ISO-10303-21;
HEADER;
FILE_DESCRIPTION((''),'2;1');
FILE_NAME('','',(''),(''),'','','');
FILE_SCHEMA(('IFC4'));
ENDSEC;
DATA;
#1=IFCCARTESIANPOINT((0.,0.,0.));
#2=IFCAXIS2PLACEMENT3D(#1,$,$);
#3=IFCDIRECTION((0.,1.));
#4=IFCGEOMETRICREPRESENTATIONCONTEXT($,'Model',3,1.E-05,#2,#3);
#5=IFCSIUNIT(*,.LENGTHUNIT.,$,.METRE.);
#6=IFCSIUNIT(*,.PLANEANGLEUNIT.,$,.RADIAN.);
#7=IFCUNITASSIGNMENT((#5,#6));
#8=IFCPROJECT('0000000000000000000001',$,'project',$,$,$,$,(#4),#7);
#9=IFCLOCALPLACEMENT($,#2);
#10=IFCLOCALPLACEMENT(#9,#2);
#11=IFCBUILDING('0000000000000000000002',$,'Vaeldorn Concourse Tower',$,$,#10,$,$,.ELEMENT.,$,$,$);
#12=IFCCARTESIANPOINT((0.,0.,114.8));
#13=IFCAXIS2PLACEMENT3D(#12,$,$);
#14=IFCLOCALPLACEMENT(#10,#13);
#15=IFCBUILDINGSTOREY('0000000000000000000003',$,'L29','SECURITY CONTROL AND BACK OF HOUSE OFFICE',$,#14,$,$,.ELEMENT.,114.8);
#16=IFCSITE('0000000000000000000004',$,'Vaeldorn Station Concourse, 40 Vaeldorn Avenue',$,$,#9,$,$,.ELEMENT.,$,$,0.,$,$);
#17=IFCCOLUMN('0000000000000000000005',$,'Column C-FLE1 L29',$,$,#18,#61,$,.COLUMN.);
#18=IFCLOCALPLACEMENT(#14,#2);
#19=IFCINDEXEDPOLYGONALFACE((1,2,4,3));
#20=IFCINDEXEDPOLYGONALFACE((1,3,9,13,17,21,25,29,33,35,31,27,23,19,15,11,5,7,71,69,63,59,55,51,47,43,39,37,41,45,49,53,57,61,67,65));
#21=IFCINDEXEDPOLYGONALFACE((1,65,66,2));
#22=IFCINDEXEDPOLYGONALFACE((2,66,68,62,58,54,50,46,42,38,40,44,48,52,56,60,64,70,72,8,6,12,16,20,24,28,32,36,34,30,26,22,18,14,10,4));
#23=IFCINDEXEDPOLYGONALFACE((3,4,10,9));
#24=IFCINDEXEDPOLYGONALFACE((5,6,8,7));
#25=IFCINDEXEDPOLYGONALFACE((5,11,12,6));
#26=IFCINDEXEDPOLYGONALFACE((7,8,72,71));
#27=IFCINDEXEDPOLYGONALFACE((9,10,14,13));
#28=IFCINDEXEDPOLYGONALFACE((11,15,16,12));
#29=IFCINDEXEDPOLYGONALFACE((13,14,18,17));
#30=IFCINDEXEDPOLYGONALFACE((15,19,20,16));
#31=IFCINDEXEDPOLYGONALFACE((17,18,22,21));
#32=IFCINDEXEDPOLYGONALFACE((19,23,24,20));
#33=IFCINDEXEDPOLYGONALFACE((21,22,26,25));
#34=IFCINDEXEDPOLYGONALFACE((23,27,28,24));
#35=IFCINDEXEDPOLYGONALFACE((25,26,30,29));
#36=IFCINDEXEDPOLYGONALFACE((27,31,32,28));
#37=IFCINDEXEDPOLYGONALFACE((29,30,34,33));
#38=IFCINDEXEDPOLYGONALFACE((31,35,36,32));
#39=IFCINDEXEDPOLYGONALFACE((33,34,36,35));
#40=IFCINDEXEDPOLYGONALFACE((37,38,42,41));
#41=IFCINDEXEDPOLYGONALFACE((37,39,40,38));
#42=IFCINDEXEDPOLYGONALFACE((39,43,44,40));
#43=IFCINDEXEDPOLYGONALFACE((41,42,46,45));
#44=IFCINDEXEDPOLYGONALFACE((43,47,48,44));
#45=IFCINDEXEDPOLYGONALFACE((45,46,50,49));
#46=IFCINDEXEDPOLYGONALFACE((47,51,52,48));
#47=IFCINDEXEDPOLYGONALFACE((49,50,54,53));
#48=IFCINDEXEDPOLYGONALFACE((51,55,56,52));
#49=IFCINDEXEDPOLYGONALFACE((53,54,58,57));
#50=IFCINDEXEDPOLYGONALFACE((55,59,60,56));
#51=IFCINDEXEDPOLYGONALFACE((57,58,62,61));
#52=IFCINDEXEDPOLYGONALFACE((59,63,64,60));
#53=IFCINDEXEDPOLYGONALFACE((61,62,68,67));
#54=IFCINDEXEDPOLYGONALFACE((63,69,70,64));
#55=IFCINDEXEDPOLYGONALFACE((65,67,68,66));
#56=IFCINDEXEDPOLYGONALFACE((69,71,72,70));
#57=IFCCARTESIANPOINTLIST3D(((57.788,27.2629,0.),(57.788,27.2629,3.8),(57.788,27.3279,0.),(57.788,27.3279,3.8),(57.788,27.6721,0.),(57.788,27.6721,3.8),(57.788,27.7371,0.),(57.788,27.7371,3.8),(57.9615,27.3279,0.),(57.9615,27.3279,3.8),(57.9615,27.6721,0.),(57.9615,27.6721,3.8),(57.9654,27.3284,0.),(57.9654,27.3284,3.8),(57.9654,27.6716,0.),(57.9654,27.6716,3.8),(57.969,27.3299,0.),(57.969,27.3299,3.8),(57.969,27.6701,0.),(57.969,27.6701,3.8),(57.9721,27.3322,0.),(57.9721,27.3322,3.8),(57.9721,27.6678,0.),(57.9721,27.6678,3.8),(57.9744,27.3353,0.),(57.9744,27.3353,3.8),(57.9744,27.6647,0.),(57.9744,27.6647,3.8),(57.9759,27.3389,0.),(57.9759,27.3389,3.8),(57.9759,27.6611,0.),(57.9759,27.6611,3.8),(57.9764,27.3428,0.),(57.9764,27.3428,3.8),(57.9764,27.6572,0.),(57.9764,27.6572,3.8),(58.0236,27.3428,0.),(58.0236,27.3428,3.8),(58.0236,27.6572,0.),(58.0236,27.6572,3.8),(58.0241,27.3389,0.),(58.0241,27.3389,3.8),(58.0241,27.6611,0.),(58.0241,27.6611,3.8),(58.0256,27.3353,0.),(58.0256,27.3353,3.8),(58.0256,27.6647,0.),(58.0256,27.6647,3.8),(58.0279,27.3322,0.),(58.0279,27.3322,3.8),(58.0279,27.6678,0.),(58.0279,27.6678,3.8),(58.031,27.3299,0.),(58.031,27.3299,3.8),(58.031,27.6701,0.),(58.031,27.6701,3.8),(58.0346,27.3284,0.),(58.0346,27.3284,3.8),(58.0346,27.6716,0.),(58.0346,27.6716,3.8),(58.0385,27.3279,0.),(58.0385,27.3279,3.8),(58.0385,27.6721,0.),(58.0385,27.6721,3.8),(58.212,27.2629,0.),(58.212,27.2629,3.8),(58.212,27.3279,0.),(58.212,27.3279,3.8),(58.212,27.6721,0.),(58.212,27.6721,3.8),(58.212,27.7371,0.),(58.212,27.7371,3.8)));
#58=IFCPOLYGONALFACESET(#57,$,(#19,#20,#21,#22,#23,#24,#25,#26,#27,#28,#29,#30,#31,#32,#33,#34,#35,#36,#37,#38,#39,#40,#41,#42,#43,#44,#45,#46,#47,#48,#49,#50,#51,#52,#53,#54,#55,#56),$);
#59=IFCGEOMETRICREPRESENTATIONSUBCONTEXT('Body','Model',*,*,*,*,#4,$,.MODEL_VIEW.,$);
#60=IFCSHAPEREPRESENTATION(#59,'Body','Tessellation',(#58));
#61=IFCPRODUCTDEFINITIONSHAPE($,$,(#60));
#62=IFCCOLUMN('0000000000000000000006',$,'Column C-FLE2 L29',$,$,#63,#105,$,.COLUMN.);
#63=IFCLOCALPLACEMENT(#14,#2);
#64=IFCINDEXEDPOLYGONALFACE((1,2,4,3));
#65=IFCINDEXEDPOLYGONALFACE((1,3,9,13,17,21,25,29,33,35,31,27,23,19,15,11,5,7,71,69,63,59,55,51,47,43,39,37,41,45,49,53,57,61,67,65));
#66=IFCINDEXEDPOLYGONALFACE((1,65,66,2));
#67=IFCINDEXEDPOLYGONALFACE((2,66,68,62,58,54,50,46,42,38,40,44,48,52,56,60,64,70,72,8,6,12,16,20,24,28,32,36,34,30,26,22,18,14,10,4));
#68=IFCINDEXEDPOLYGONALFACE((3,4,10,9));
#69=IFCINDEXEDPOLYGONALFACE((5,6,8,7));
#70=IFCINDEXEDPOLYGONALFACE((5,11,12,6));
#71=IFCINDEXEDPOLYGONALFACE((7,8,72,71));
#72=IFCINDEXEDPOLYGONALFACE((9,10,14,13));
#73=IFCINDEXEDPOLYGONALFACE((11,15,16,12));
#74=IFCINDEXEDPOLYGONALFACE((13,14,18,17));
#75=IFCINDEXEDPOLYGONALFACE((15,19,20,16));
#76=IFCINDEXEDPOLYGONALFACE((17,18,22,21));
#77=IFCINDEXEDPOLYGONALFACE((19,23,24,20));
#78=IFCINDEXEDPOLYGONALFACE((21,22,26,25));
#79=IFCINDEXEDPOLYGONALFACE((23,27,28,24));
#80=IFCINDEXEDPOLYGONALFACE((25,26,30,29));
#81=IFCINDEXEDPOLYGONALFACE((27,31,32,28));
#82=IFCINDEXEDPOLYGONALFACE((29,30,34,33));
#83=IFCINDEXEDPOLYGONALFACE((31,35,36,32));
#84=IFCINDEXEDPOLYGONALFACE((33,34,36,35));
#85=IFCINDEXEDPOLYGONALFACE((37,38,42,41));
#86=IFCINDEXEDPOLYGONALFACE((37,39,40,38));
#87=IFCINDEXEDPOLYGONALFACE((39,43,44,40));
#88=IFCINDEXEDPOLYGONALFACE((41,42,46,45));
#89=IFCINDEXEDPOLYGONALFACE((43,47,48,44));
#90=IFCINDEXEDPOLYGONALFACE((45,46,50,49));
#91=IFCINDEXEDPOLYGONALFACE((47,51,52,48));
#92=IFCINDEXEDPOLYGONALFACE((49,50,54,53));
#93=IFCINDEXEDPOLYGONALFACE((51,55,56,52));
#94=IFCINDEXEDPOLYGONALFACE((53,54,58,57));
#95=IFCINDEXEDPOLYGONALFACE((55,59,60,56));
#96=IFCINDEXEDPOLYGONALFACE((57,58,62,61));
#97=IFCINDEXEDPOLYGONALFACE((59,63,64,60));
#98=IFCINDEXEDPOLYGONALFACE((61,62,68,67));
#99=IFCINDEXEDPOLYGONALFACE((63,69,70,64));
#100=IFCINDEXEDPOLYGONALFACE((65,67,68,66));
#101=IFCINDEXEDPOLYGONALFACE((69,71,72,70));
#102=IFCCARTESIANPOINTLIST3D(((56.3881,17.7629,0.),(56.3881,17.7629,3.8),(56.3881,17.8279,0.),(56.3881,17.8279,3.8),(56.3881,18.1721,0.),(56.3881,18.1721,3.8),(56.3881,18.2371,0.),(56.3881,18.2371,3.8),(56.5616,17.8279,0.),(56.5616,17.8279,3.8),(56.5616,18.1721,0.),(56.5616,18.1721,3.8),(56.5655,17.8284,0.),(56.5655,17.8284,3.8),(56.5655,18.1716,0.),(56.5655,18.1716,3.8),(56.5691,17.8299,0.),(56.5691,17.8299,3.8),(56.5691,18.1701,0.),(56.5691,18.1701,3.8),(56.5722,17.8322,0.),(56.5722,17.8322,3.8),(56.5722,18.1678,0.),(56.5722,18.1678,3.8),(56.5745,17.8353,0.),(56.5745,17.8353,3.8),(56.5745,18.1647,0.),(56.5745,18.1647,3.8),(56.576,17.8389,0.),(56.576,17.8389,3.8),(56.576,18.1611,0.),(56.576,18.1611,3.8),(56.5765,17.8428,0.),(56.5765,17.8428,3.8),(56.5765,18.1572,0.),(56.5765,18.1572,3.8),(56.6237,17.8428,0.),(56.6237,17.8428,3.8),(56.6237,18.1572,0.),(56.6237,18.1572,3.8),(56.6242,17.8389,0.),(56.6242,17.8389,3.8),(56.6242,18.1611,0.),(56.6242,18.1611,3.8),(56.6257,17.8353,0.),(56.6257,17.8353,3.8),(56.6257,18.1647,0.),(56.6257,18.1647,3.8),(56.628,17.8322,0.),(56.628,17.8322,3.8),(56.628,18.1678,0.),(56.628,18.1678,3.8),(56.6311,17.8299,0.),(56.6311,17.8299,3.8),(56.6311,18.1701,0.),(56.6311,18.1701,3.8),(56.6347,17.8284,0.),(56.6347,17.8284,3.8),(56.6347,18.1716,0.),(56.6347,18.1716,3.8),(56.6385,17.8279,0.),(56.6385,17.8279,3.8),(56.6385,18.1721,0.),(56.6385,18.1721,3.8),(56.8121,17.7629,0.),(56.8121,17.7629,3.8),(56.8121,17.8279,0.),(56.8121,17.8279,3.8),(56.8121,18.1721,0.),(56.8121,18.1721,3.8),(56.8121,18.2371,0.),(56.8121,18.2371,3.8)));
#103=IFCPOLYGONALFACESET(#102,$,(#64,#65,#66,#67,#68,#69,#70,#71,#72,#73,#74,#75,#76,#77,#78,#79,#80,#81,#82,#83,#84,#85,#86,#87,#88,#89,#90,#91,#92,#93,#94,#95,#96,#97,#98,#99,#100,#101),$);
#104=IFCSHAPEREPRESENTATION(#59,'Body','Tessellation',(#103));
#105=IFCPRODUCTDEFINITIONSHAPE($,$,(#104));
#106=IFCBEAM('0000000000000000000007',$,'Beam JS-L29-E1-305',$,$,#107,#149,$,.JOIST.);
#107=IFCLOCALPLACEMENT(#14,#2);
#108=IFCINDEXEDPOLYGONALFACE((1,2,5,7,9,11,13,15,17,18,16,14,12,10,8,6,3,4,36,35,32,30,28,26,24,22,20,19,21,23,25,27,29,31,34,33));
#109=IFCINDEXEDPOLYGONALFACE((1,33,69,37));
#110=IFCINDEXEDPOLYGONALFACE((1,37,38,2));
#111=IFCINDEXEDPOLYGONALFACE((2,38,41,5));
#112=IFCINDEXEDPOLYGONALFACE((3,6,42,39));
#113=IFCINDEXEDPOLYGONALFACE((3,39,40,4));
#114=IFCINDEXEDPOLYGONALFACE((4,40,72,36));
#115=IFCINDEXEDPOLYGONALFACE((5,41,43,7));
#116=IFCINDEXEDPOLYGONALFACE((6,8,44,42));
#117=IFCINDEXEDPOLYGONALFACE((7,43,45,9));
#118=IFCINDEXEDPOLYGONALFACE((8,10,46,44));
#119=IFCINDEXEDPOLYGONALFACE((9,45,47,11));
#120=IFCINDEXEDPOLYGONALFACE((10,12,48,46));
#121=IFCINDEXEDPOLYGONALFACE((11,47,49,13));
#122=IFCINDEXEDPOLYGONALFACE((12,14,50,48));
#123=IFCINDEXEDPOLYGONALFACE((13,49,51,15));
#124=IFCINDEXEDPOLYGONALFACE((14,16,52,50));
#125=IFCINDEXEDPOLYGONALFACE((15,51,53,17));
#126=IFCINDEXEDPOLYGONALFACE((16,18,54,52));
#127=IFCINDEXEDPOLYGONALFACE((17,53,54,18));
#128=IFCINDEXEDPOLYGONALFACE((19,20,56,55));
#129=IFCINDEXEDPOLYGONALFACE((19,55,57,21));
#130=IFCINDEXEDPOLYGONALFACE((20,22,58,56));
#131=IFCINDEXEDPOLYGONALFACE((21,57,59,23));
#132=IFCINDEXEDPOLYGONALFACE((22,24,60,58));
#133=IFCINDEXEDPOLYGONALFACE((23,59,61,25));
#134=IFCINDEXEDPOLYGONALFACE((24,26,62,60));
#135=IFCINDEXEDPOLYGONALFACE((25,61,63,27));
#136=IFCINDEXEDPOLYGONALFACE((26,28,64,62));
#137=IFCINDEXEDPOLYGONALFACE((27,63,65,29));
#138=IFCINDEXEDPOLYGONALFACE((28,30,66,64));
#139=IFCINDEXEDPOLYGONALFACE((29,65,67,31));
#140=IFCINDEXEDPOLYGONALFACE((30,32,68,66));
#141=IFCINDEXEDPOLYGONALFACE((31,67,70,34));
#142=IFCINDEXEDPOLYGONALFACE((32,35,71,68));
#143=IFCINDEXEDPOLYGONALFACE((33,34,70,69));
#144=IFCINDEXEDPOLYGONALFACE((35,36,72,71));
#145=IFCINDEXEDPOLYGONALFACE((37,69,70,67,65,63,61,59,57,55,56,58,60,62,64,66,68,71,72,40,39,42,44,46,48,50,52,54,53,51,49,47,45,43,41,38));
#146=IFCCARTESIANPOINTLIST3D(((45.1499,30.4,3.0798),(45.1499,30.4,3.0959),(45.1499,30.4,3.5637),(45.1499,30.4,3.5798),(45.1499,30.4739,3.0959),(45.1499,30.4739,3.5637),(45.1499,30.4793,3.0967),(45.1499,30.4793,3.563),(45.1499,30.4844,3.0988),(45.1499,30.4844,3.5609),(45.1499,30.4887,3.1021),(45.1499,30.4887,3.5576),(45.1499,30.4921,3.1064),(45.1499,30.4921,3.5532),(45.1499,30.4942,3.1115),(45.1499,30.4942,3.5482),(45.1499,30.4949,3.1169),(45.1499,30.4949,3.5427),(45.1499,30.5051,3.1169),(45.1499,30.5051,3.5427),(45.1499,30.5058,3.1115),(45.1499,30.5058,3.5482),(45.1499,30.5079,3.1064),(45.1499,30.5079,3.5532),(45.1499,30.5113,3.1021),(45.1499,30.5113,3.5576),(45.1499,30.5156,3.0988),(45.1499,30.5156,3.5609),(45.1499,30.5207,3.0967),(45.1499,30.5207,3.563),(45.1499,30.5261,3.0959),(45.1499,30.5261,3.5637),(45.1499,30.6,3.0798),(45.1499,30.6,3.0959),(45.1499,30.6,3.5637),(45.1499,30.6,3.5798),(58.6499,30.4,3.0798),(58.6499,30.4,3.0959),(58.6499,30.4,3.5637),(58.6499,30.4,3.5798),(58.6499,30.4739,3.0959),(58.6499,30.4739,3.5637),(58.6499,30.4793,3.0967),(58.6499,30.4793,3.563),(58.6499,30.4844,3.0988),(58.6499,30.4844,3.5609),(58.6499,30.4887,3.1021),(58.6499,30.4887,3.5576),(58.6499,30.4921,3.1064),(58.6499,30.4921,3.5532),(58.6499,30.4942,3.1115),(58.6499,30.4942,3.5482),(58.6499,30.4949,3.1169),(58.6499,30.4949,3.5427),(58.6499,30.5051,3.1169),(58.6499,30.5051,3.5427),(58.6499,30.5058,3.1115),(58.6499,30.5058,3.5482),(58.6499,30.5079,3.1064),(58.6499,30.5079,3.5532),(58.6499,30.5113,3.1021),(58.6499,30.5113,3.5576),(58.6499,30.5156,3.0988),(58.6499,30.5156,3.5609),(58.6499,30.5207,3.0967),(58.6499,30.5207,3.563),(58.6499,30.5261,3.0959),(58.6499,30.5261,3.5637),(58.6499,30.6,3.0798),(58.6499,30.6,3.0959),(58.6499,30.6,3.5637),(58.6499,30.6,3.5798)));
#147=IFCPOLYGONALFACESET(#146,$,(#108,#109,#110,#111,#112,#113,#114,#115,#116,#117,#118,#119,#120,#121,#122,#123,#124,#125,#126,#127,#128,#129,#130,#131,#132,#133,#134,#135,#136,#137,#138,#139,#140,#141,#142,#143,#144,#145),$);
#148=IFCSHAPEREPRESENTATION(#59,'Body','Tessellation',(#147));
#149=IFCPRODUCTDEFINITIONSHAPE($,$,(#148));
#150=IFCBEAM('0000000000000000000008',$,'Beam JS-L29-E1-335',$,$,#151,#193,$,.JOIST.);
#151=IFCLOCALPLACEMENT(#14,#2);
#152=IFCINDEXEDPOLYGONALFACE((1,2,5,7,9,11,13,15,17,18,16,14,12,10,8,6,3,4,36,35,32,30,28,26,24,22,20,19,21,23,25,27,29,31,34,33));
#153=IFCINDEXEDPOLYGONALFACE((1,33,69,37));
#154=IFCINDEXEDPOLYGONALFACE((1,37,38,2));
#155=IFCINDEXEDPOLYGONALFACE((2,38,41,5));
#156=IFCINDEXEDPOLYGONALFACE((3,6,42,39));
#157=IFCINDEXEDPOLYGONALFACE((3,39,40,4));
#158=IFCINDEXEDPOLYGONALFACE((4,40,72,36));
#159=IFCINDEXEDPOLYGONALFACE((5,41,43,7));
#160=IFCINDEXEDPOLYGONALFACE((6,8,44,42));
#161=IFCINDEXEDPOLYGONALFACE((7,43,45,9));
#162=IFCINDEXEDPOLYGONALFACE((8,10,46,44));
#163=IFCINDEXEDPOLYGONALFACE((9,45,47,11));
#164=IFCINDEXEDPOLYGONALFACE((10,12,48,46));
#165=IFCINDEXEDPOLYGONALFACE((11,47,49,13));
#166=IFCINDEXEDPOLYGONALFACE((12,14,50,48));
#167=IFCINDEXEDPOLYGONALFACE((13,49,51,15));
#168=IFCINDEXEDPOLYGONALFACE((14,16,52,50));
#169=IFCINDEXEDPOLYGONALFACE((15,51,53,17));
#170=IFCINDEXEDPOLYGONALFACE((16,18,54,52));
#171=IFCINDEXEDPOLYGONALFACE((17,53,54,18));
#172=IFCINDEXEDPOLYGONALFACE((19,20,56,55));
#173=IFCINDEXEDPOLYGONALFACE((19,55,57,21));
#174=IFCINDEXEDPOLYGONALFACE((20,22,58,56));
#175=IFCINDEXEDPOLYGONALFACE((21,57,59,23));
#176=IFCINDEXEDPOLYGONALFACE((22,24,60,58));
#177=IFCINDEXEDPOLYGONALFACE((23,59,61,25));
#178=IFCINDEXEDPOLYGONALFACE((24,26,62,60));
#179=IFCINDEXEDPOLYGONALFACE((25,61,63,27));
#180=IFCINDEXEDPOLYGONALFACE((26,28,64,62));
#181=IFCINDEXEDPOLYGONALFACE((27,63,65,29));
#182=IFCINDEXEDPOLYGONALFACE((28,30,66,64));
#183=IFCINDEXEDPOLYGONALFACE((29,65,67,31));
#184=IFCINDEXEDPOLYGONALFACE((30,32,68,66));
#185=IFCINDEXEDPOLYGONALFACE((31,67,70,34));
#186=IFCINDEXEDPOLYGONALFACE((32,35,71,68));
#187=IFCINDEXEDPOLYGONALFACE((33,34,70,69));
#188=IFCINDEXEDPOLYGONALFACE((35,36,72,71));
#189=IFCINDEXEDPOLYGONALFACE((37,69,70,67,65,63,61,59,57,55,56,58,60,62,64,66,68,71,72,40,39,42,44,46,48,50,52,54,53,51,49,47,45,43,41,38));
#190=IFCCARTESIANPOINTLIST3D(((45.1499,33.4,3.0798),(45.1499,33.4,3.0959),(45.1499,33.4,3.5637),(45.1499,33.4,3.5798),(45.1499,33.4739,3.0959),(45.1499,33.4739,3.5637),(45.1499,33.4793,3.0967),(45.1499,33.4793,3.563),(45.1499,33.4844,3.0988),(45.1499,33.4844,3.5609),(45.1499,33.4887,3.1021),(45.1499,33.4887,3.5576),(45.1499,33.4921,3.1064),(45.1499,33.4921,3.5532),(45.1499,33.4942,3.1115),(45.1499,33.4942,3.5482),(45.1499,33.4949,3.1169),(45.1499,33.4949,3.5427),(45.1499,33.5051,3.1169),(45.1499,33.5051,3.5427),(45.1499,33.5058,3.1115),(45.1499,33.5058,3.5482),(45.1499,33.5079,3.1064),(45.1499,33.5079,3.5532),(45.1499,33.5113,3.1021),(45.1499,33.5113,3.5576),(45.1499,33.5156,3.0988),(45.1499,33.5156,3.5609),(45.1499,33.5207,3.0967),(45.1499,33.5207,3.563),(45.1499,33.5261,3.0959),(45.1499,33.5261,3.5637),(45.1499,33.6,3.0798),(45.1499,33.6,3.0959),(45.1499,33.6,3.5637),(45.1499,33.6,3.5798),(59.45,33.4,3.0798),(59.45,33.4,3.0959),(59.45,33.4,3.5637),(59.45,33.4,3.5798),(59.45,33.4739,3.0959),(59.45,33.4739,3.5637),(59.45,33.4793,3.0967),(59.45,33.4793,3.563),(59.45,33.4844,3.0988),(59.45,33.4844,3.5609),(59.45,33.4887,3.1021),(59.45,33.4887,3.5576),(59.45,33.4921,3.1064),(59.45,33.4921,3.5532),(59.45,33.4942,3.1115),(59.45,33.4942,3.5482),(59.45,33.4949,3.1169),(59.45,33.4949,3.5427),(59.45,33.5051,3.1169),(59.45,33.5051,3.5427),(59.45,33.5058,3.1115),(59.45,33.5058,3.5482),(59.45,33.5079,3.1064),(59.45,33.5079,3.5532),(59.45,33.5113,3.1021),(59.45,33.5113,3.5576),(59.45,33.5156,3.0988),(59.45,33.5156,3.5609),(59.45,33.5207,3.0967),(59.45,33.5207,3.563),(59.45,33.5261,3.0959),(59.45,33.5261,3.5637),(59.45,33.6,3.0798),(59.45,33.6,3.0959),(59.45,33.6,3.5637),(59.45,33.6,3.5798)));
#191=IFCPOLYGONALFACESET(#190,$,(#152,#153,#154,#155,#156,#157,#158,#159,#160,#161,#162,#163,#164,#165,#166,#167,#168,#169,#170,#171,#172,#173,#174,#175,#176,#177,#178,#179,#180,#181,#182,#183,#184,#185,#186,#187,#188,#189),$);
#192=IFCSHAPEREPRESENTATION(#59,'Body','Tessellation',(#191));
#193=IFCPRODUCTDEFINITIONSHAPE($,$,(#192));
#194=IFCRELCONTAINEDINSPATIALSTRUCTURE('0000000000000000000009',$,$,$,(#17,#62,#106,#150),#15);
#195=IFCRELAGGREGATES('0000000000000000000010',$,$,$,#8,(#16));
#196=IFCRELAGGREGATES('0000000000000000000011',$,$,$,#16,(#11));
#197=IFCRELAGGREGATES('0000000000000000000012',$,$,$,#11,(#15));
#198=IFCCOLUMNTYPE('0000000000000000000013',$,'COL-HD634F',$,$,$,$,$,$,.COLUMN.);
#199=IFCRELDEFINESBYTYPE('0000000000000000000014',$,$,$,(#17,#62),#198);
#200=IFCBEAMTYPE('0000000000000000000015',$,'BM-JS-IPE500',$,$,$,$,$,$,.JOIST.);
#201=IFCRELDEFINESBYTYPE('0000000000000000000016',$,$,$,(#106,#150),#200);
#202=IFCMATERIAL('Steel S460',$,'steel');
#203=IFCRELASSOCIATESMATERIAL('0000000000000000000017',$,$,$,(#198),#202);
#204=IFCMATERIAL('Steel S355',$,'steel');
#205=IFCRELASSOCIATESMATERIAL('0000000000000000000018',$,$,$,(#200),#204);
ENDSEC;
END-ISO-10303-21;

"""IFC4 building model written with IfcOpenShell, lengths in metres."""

from ifc_helpers import new_model, si_unit, direction, frame, origin, origin_2d, place, context, subcontext, project, spatial, i_section, extrude, source, transform, mapped, material, material_profile, profile_set, type_object, element, save


model = new_model("IFC4")

# Units and contexts
model_context = context("Model", 3, precision=1e-05, world=origin(), true_north=direction((0.0, 1.0)))
body_context = subcontext(model_context, "Body", "Model", "MODEL_VIEW")
ifc_project = project(units=[si_unit("LENGTHUNIT", "METRE"), si_unit("PLANEANGLEUNIT", "RADIAN")], contexts=[model_context])

# Site, building, storey
site_placement = place(None, origin())
site = spatial("IfcSite", under=ifc_project, at=site_placement, Name="Vaeldorn Station Concourse, 40 Vaeldorn Avenue", CompositionType="ELEMENT", RefElevation=0.0)
building_placement = place(site_placement, origin())
building = spatial("IfcBuilding", under=site, at=building_placement, Name="Vaeldorn Concourse Tower", CompositionType="ELEMENT")
storey_placement = place(building_placement, frame((0.0, 0.0, 114.8)))
storey = spatial("IfcBuildingStorey", under=building, at=storey_placement, Name="L29", Description="SECURITY CONTROL AND BACK OF HOUSE OFFICE", CompositionType="ELEMENT", Elevation=114.8)

# Columns
ifc_material_1 = material(Name="Steel S460", Category="steel")
ifc_material_profile_1 = material_profile(ifc_material_1, i_section(OverallWidth=0.4241, OverallDepth=0.4741, WebThickness=0.0471, FlangeThickness=0.0649, FilletRadius=0.0149, at=origin_2d()), Name="HD 400x634")
ifc_profile_set_1 = profile_set([ifc_material_profile_1], Name="Steel S460")
column_type = type_object("IfcColumnType", Name="COL-HD634F", PredefinedType="COLUMN", material=ifc_profile_set_1)
shared_shape_1 = source(origin(), body_context, "Body", "SweptSolid", [
    extrude(i_section(OverallWidth=0.4241, OverallDepth=0.4741, WebThickness=0.0471, FlangeThickness=0.0649, FilletRadius=0.0149, at=origin_2d()), origin(), (0.0, 0.0, 1.0), 3.8),
])
for number, where, z_axis, x_axis, name in (
    (1, (58.0, 27.5, 0.0), (0.0, 0.0, 1.0), (1.0, 0.0, 0.0), "Column C-FLE1 L29"),
    (2, (56.6001, 18.0, 0.0), (0.0, 0.0, 1.0), (1.0, 0.0, 0.0), "Column C-FLE2 L29"),
):
    element("IfcColumn", number, at=place(storey_placement, frame(where, z_axis=z_axis, x_axis=x_axis)), inside=storey, type_object=column_type, Name=name, PredefinedType="COLUMN", context=body_context, shape_type="MappedRepresentation", body=[
        mapped(shared_shape_1, transform((0.0, 0.0, 0.0), scale=1.0)),
    ])

# Beams
ifc_material_2 = material(Name="Steel S355", Category="steel")
ifc_material_profile_2 = material_profile(ifc_material_2, i_section(OverallWidth=0.2, OverallDepth=0.5, WebThickness=0.0103, FlangeThickness=0.0161, FilletRadius=0.021, at=origin_2d()), Name="IPE 500")
ifc_profile_set_2 = profile_set([ifc_material_profile_2], Name="Steel S355")
beam_type_1 = type_object("IfcBeamType", Name="BM-JS-IPE500", PredefinedType="JOIST", material=ifc_profile_set_2)
shared_shape_2 = source(origin(), body_context, "Body", "SweptSolid", [
    extrude(i_section(OverallWidth=0.2, OverallDepth=0.5, WebThickness=0.0103, FlangeThickness=0.0161, FilletRadius=0.021, at=origin_2d()), origin(), (0.0, 0.0, 1.0), 13.5),
])
beam_1_placement = place(storey_placement, frame((45.1499, 30.5, 3.3298), z_axis=(1.0, 0.0, 0.0), x_axis=(0.0, 1.0, 0.0)))
element("IfcBeam", 3, at=beam_1_placement, inside=storey, type_object=beam_type_1, Name="Beam JS-L29-E1-305", PredefinedType="JOIST", context=body_context, shape_type="MappedRepresentation", body=[
    mapped(shared_shape_2, transform((0.0, 0.0, 0.0), scale=1.0)),
])
shared_shape_3 = source(origin(), body_context, "Body", "SweptSolid", [
    extrude(i_section(OverallWidth=0.2, OverallDepth=0.5, WebThickness=0.0103, FlangeThickness=0.0161, FilletRadius=0.021, at=origin_2d()), origin(), (0.0, 0.0, 1.0), 14.3),
])
beam_2_placement = place(storey_placement, frame((45.1499, 33.5, 3.3298), z_axis=(1.0, 0.0, 0.0), x_axis=(0.0, 1.0, 0.0)))
element("IfcBeam", 4, at=beam_2_placement, inside=storey, type_object=beam_type_1, Name="Beam JS-L29-E1-335", PredefinedType="JOIST", context=body_context, shape_type="MappedRepresentation", body=[
    mapped(shared_shape_3, transform((0.0, 0.0, 0.0), scale=1.0)),
])

save(model, "model.ifc")
